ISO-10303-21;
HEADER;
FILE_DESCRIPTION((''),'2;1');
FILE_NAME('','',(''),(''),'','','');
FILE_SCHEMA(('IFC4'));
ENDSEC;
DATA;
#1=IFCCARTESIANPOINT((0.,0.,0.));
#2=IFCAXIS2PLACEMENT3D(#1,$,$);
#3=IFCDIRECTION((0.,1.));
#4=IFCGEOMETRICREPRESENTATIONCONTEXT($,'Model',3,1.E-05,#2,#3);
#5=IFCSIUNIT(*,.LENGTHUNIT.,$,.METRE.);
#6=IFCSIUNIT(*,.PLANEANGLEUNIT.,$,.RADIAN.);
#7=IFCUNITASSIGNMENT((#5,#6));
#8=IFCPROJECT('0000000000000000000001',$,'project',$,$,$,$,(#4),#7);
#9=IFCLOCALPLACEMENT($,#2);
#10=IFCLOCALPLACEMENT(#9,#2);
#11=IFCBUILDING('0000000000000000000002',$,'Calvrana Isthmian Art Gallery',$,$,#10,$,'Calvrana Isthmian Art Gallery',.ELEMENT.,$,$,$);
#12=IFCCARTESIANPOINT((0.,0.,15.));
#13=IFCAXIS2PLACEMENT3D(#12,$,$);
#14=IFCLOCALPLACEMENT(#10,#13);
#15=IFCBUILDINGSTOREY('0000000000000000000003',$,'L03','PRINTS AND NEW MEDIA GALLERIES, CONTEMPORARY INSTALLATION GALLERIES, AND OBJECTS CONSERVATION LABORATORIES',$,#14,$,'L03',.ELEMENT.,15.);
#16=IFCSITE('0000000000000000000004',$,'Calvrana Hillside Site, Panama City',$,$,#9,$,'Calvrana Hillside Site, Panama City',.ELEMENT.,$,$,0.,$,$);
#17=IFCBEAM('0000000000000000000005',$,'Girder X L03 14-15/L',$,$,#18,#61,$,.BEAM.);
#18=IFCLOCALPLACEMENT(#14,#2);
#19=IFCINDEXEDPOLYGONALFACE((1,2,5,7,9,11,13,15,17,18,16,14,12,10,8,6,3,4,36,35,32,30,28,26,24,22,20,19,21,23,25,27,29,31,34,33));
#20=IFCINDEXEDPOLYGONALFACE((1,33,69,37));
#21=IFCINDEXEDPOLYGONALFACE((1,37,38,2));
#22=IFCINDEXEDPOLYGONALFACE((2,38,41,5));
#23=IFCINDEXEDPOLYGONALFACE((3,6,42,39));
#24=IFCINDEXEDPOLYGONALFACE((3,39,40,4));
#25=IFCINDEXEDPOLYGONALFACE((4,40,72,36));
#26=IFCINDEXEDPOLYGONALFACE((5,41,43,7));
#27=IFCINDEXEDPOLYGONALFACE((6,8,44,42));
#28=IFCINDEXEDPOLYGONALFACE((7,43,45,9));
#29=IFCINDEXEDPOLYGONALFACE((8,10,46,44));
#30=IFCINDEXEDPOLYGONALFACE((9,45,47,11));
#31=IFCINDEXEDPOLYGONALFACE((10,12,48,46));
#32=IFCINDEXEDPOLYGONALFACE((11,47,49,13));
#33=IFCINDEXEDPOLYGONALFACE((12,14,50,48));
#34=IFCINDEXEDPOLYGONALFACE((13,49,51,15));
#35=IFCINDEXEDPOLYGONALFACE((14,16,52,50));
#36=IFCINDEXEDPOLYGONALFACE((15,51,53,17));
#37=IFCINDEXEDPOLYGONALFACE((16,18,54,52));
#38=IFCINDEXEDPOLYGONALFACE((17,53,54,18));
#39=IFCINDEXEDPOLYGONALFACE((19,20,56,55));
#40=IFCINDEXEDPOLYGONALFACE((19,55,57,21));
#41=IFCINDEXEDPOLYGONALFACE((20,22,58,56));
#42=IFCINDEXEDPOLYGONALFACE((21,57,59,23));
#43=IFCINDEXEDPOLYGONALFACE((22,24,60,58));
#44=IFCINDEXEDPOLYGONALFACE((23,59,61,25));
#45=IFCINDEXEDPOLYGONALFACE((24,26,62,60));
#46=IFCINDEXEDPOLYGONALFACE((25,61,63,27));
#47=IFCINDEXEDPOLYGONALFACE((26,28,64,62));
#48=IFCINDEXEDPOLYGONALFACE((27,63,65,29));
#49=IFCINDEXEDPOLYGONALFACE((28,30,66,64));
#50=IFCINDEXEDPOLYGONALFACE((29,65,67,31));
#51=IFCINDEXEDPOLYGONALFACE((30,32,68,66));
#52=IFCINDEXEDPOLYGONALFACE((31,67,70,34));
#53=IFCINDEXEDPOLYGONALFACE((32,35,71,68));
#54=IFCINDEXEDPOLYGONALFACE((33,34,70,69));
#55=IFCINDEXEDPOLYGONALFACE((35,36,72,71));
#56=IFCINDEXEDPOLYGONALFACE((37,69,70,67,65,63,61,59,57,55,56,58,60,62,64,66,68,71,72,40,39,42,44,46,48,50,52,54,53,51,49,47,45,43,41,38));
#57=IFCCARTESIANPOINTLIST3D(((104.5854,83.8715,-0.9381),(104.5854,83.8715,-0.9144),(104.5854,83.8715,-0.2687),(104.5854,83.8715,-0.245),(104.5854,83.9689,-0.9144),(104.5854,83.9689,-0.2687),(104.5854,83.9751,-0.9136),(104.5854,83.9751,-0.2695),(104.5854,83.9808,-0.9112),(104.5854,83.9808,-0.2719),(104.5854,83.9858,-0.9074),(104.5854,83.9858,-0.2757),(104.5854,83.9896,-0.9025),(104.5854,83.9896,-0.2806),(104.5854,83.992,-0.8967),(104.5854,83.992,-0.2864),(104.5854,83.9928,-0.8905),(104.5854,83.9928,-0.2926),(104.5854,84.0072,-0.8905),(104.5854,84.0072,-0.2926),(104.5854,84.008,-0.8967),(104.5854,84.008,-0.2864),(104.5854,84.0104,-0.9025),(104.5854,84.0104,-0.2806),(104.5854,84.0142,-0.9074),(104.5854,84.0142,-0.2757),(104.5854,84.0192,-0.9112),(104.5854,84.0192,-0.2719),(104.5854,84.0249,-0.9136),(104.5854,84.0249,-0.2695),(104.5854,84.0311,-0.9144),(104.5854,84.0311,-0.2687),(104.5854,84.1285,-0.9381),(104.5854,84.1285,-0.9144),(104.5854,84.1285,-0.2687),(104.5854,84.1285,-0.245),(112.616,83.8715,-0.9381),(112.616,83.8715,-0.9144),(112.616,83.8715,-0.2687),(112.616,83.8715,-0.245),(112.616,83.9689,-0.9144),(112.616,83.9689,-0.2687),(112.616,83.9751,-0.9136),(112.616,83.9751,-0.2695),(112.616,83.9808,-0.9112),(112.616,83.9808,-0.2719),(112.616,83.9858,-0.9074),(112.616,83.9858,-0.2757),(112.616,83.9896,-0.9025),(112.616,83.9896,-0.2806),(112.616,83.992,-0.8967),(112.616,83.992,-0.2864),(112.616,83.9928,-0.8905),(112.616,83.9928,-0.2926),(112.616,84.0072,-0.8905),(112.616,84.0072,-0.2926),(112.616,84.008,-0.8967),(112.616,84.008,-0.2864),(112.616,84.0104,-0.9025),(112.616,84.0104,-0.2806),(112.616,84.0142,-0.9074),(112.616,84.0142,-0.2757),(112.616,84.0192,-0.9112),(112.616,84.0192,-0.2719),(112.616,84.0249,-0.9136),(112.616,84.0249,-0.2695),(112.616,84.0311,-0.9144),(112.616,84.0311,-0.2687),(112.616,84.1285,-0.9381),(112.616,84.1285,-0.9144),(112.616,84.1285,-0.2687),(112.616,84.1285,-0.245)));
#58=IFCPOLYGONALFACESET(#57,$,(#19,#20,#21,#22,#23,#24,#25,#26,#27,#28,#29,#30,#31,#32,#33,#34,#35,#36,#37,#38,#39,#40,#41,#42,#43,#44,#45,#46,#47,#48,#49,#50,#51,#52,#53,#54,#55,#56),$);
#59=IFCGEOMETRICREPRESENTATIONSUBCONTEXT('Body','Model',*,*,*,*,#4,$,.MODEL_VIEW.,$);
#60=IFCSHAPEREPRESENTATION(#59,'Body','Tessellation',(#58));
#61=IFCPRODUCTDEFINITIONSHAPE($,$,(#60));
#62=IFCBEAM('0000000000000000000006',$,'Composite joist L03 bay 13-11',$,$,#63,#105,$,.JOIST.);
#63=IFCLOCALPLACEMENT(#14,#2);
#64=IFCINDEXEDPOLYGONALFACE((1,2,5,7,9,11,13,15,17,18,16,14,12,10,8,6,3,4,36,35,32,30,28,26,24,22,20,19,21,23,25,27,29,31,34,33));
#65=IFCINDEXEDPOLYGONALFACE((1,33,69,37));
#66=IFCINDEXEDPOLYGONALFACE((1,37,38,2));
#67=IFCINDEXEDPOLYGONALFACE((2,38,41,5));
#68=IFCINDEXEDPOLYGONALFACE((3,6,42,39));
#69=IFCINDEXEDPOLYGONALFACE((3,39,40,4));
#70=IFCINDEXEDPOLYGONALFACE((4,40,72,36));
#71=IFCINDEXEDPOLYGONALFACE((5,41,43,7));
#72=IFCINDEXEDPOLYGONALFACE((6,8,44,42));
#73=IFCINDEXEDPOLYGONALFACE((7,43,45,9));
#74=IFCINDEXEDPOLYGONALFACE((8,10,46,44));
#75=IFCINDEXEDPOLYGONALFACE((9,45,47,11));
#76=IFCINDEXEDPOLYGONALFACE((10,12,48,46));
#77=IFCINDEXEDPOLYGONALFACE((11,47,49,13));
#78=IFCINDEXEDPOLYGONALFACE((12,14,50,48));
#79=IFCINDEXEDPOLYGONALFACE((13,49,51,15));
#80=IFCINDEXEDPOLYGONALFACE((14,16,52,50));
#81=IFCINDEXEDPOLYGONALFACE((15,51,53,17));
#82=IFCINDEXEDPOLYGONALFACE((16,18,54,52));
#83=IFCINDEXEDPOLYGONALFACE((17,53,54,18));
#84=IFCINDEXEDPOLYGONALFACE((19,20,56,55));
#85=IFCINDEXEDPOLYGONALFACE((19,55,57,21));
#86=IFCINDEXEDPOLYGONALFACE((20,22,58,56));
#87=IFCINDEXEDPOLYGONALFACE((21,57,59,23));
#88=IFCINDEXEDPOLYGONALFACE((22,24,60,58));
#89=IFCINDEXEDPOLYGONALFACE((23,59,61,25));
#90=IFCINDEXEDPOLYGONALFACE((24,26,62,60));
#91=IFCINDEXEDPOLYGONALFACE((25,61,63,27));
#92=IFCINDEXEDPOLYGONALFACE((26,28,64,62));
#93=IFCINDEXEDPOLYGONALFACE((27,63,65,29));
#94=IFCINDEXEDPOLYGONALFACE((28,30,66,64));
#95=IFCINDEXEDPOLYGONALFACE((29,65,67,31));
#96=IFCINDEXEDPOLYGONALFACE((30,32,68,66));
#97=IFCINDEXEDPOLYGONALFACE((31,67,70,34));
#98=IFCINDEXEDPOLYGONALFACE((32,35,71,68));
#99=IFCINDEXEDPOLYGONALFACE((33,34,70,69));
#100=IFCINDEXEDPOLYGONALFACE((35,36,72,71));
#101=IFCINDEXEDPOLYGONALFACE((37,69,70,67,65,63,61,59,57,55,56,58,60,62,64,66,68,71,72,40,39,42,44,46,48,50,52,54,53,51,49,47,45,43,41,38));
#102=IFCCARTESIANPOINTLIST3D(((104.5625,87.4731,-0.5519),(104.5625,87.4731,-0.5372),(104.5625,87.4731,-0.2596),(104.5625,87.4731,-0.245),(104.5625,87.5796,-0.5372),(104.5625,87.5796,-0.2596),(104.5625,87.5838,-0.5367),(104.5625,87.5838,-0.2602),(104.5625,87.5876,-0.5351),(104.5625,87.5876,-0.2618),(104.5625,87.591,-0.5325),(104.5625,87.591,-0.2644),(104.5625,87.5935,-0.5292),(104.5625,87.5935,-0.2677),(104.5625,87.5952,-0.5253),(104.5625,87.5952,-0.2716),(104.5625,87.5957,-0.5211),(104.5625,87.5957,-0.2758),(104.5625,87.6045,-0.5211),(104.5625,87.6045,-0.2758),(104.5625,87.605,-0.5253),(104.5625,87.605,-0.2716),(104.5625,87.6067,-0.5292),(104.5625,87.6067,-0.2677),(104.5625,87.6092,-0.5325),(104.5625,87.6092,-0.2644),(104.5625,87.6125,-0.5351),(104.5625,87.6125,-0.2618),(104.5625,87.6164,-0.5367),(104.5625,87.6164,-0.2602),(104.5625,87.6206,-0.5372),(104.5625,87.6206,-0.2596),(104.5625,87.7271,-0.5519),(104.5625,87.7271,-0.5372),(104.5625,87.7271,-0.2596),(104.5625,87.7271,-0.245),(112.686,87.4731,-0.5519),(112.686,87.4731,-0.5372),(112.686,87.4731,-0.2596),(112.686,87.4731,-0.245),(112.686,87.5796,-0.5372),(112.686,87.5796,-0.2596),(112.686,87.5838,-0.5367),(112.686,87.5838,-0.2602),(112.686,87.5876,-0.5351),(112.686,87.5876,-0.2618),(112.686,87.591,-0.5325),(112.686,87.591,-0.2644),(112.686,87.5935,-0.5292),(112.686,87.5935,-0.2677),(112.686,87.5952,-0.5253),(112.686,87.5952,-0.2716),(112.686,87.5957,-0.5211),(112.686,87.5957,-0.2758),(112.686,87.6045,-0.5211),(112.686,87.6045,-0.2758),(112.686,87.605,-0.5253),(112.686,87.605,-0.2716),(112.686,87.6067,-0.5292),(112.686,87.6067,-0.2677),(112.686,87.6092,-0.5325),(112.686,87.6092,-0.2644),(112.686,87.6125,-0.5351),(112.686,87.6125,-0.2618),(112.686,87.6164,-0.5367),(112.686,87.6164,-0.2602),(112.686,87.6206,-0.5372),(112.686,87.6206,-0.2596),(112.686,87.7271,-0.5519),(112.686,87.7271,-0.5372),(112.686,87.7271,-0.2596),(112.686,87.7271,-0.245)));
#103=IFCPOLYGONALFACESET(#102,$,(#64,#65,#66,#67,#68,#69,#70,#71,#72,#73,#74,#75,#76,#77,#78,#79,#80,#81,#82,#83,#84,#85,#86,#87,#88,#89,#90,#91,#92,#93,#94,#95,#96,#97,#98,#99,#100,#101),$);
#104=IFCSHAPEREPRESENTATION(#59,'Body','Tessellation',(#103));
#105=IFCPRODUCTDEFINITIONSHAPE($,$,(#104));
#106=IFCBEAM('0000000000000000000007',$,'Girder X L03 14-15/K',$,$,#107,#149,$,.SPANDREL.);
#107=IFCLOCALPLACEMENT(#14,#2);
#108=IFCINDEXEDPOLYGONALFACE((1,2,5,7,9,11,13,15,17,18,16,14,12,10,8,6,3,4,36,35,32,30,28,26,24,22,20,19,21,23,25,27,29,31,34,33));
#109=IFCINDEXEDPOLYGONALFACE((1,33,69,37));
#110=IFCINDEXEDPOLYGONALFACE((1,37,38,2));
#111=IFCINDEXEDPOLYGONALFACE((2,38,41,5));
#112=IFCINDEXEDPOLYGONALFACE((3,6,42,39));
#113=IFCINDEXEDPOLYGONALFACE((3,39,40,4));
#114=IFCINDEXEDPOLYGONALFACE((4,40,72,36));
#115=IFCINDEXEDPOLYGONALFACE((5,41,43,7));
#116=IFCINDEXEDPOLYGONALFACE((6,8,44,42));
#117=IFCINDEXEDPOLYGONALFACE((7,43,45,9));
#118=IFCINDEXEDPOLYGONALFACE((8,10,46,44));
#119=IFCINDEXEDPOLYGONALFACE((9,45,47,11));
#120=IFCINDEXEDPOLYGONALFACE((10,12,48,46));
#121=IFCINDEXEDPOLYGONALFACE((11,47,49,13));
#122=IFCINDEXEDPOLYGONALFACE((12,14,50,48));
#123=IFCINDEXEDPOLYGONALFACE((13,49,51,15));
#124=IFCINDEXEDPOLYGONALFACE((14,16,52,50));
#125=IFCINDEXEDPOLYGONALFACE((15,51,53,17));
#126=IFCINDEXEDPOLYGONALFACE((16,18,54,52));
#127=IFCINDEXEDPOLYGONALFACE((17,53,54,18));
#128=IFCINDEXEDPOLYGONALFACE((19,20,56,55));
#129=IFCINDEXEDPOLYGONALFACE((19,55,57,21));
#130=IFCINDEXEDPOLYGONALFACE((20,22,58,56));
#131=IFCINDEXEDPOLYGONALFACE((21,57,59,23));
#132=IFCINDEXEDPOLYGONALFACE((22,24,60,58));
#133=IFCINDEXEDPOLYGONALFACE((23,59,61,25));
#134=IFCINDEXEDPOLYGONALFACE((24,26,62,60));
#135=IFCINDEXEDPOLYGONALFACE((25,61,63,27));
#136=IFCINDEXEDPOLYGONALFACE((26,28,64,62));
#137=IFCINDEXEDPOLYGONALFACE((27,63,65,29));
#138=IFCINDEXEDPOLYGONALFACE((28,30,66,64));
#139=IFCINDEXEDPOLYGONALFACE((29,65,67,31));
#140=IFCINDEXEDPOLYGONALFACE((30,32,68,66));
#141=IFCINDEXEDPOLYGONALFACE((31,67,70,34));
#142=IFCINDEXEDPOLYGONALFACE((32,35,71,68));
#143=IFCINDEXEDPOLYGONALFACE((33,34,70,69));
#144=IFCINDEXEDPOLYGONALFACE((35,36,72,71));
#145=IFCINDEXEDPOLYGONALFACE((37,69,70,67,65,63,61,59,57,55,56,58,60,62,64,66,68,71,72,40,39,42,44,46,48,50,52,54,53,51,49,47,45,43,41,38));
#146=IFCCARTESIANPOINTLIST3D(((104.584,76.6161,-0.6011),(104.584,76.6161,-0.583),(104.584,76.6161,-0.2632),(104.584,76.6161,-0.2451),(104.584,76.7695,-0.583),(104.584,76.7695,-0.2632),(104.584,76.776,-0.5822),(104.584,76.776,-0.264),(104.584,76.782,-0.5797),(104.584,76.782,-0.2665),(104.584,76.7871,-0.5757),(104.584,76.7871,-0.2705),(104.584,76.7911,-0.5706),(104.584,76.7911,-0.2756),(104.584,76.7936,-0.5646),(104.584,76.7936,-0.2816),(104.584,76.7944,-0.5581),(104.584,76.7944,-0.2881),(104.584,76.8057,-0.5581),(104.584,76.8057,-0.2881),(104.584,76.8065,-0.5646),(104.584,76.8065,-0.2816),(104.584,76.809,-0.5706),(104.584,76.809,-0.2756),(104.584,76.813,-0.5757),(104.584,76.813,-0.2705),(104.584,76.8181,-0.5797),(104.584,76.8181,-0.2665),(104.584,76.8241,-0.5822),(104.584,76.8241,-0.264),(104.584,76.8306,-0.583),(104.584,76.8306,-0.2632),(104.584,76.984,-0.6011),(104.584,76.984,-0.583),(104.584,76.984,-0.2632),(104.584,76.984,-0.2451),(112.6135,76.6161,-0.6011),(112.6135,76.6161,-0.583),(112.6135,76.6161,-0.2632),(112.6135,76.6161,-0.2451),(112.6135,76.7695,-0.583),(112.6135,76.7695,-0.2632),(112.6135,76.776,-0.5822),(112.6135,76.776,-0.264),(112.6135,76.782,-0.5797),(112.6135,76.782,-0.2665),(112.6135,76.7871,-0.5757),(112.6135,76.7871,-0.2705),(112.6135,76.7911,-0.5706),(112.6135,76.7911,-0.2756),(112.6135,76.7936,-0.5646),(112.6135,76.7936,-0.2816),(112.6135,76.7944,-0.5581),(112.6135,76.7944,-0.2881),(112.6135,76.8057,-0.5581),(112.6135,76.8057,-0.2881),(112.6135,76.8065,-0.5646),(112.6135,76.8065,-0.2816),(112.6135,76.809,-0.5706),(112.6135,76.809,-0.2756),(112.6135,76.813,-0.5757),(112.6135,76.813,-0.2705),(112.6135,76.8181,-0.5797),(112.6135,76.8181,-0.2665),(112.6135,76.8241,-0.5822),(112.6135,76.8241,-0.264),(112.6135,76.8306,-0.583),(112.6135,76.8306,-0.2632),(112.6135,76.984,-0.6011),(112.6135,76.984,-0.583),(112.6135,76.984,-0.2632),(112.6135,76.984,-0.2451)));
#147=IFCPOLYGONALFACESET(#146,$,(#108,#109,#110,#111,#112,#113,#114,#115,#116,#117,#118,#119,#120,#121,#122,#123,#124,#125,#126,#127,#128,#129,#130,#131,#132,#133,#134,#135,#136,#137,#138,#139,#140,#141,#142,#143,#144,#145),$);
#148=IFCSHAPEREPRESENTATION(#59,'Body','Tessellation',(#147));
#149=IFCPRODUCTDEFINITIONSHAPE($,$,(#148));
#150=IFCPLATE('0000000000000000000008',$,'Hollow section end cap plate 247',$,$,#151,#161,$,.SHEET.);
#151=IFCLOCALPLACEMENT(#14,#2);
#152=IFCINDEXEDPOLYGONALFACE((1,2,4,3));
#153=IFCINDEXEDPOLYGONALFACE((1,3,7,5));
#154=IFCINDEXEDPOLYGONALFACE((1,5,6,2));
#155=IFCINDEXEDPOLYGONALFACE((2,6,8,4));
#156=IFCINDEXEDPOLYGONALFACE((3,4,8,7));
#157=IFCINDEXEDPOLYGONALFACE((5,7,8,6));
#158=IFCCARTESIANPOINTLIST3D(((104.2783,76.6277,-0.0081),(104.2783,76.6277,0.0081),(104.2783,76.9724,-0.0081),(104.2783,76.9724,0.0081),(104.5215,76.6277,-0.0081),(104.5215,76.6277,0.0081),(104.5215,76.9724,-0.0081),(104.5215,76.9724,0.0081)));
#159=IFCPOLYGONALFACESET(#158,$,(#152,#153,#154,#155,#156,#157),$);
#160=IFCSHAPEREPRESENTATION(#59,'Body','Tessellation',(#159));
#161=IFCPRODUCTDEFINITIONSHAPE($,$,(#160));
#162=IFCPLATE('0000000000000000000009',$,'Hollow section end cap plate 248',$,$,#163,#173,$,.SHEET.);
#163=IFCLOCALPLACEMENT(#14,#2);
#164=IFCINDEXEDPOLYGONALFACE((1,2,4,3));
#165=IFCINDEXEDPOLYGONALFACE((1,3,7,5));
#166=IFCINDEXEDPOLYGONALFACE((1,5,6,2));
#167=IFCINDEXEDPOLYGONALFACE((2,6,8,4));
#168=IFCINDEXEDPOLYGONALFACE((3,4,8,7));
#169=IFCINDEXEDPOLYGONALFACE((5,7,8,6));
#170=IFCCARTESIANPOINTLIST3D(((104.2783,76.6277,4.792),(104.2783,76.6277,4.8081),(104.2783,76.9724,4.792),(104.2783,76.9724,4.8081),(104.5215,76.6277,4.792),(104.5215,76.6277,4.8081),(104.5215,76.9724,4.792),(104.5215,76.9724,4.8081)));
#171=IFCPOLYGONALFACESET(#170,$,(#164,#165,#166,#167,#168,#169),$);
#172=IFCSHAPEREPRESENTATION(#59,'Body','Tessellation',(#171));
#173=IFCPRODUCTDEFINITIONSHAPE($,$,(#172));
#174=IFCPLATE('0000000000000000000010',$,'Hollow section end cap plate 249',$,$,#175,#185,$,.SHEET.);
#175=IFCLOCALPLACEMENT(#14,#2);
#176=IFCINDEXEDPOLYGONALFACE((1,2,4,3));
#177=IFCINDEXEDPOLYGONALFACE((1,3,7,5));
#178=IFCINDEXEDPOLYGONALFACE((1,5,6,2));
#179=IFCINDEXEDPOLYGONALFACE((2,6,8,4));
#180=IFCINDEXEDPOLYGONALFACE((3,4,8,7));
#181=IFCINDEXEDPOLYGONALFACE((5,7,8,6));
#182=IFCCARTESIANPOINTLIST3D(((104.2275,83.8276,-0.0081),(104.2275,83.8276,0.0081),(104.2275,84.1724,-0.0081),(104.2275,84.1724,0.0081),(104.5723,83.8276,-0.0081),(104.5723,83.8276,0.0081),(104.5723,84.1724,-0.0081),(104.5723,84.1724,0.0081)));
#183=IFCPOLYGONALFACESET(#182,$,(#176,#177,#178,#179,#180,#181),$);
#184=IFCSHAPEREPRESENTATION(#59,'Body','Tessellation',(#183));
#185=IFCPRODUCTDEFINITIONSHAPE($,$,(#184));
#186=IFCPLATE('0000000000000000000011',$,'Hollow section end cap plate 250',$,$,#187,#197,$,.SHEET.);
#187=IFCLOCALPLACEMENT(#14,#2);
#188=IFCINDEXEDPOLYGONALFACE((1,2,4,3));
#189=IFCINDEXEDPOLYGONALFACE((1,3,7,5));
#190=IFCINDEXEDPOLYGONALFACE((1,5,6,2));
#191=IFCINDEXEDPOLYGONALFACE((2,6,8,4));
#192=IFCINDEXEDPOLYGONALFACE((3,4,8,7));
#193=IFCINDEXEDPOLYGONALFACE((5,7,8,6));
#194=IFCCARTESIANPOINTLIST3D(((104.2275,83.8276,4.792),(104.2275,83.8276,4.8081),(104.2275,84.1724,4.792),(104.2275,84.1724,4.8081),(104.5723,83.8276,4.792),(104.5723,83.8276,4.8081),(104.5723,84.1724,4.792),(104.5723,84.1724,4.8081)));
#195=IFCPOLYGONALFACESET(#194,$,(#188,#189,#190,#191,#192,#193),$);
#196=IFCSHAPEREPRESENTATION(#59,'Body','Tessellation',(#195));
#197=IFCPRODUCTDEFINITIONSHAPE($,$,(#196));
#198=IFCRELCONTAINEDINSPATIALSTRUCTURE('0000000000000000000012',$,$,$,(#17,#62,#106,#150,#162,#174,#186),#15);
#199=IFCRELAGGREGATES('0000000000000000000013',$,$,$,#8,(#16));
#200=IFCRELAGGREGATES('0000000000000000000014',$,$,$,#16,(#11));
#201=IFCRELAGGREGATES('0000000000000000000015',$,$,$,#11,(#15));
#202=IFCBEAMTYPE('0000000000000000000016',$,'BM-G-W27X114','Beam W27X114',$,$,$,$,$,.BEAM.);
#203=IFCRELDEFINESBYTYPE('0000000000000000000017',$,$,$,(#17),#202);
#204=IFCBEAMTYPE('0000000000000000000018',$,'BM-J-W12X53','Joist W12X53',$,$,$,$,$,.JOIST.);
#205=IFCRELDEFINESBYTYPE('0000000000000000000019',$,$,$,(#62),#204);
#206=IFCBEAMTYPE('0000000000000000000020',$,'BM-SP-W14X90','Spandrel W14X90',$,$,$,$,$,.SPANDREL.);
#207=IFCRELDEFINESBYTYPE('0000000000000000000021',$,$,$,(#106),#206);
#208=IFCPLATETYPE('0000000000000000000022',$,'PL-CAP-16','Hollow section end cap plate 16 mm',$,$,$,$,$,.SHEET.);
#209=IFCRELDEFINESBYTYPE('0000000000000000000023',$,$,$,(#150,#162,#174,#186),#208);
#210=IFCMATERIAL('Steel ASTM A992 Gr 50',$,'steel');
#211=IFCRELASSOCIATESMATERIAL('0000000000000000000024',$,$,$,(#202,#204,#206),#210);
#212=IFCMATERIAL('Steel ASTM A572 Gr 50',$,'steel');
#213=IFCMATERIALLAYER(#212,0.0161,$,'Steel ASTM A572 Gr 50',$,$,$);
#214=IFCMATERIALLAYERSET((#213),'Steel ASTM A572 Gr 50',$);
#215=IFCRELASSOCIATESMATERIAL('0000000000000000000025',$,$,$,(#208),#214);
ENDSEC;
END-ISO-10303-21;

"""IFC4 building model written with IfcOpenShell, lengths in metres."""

from ifc_helpers import new_model, si_unit, direction, frame, origin, origin_2d, place, context, subcontext, project, spatial, rectangle, i_section, extrude, material, layer, layer_set, material_profile, profile_set, type_object, element, save


model = new_model("IFC4")

# Units and contexts
model_context = context("Model", 3, precision=1e-05, world=origin(), true_north=direction((0.0, 1.0)))
body_context = subcontext(model_context, "Body", "Model", "MODEL_VIEW")
ifc_project = project(units=[si_unit("LENGTHUNIT", "METRE"), si_unit("PLANEANGLEUNIT", "RADIAN")], contexts=[model_context])

# Site, building, storey
site_placement = place(None, origin())
site = spatial("IfcSite", under=ifc_project, at=site_placement, Name="Calvrana Hillside Site, Panama City", LongName="Calvrana Hillside Site, Panama City", CompositionType="ELEMENT", RefElevation=0.0)
building_placement = place(site_placement, origin())
building = spatial("IfcBuilding", under=site, at=building_placement, Name="Calvrana Isthmian Art Gallery", LongName="Calvrana Isthmian Art Gallery", CompositionType="ELEMENT")
storey_placement = place(building_placement, frame((0.0, 0.0, 15.0)))
storey = spatial("IfcBuildingStorey", under=building, at=storey_placement, Name="L03", Description="PRINTS AND NEW MEDIA GALLERIES, CONTEMPORARY INSTALLATION GALLERIES, AND OBJECTS CONSERVATION LABORATORIES", LongName="L03", CompositionType="ELEMENT", Elevation=15.0)

# Beams
ifc_material_1 = material(Name="Steel ASTM A992 Gr 50", Category="steel")
ifc_material_profile_1 = material_profile(ifc_material_1, i_section(OverallWidth=0.2571, OverallDepth=0.6931, WebThickness=0.0144, FlangeThickness=0.0237, FilletRadius=0.0239, at=origin_2d()), Name="W27X114")
ifc_profile_set_1 = profile_set([ifc_material_profile_1], Name="Steel ASTM A992 Gr 50")
beam_type_1 = type_object("IfcBeamType", Name="BM-G-W27X114", Description="Beam W27X114", PredefinedType="BEAM", material=ifc_profile_set_1)
beam_1_placement = place(storey_placement, frame((104.5854, 84.0, -0.5916), z_axis=(1.0, 0.0, 0.0), x_axis=(0.0, 1.0, 0.0)))
element("IfcBeam", 1, at=beam_1_placement, inside=storey, type_object=beam_type_1, Name="Girder X L03 14-15/L", PredefinedType="BEAM", context=body_context, shape_type="SweptSolid", body=[
    extrude(i_section(OverallWidth=0.2571, OverallDepth=0.6931, WebThickness=0.0144, FlangeThickness=0.0237, FilletRadius=0.0239, at=origin_2d()), origin(), (0.0, 0.0, 1.0), 8.0305),
])
ifc_material_profile_2 = material_profile(ifc_material_1, i_section(OverallWidth=0.2539, OverallDepth=0.3069, WebThickness=0.0088, FlangeThickness=0.0146, FilletRadius=0.0161, at=origin_2d()), Name="W12X53")
ifc_profile_set_2 = profile_set([ifc_material_profile_2], Name="Steel ASTM A992 Gr 50")
beam_type_2 = type_object("IfcBeamType", Name="BM-J-W12X53", Description="Joist W12X53", PredefinedType="JOIST", material=ifc_profile_set_2)
beam_2_placement = place(storey_placement, frame((104.5625, 87.6001, -0.3984), z_axis=(1.0, 0.0, 0.0), x_axis=(0.0, 1.0, 0.0)))
element("IfcBeam", 2, at=beam_2_placement, inside=storey, type_object=beam_type_2, Name="Composite joist L03 bay 13-11", PredefinedType="JOIST", context=body_context, shape_type="SweptSolid", body=[
    extrude(i_section(OverallWidth=0.2539, OverallDepth=0.3069, WebThickness=0.0088, FlangeThickness=0.0146, FilletRadius=0.0161, at=origin_2d()), origin(), (0.0, 0.0, 1.0), 8.1235),
])
ifc_material_profile_3 = material_profile(ifc_material_1, i_section(OverallWidth=0.3679, OverallDepth=0.356, WebThickness=0.0112, FlangeThickness=0.0181, FilletRadius=0.0249, at=origin_2d()), Name="W14X90")
ifc_profile_set_3 = profile_set([ifc_material_profile_3], Name="Steel ASTM A992 Gr 50")
beam_type_3 = type_object("IfcBeamType", Name="BM-SP-W14X90", Description="Spandrel W14X90", PredefinedType="SPANDREL", material=ifc_profile_set_3)
beam_3_placement = place(storey_placement, frame((104.584, 76.8, -0.4231), z_axis=(1.0, 0.0, 0.0), x_axis=(0.0, 1.0, 0.0)))
element("IfcBeam", 3, at=beam_3_placement, inside=storey, type_object=beam_type_3, Name="Girder X L03 14-15/K", PredefinedType="SPANDREL", context=body_context, shape_type="SweptSolid", body=[
    extrude(i_section(OverallWidth=0.3679, OverallDepth=0.356, WebThickness=0.0112, FlangeThickness=0.0181, FilletRadius=0.0249, at=origin_2d()), origin(), (0.0, 0.0, 1.0), 8.0295),
])

# Plates
ifc_material_2 = material(Name="Steel ASTM A572 Gr 50", Category="steel")
ifc_layer_1 = layer(ifc_material_2, 0.0161, Name="Steel ASTM A572 Gr 50")
ifc_layer_set_1 = layer_set([ifc_layer_1], Name="Steel ASTM A572 Gr 50")
plate_type = type_object("IfcPlateType", Name="PL-CAP-16", Description="Hollow section end cap plate 16 mm", PredefinedType="SHEET", material=ifc_layer_set_1)
for number, where, z_axis, x_axis, name in (
    (4, (104.3999, 76.8, -0.0081), (0.0, 0.0, 1.0), (1.0, 0.0, 0.0), "Hollow section end cap plate 247"),
    (5, (104.3999, 76.8, 4.792), (0.0, 0.0, 1.0), (1.0, 0.0, 0.0), "Hollow section end cap plate 248"),
):
    element("IfcPlate", number, at=place(storey_placement, frame(where, z_axis=z_axis, x_axis=x_axis)), inside=storey, type_object=plate_type, Name=name, PredefinedType="SHEET", context=body_context, shape_type="SweptSolid", body=[
        extrude(rectangle(XDim=0.2432, YDim=0.3447, at=origin_2d()), origin(), (0.0, 0.0, 1.0), 0.0161),
    ])
for number, where, z_axis, x_axis, name in (
    (6, (104.3999, 84.0, -0.0081), (0.0, 0.0, 1.0), (1.0, 0.0, 0.0), "Hollow section end cap plate 249"),
    (7, (104.3999, 84.0, 4.792), (0.0, 0.0, 1.0), (1.0, 0.0, 0.0), "Hollow section end cap plate 250"),
):
    element("IfcPlate", number, at=place(storey_placement, frame(where, z_axis=z_axis, x_axis=x_axis)), inside=storey, type_object=plate_type, Name=name, PredefinedType="SHEET", context=body_context, shape_type="SweptSolid", body=[
        extrude(rectangle(XDim=0.3447, YDim=0.3447, at=origin_2d()), origin(), (0.0, 0.0, 1.0), 0.0161),
    ])

save(model, "model.ifc")
